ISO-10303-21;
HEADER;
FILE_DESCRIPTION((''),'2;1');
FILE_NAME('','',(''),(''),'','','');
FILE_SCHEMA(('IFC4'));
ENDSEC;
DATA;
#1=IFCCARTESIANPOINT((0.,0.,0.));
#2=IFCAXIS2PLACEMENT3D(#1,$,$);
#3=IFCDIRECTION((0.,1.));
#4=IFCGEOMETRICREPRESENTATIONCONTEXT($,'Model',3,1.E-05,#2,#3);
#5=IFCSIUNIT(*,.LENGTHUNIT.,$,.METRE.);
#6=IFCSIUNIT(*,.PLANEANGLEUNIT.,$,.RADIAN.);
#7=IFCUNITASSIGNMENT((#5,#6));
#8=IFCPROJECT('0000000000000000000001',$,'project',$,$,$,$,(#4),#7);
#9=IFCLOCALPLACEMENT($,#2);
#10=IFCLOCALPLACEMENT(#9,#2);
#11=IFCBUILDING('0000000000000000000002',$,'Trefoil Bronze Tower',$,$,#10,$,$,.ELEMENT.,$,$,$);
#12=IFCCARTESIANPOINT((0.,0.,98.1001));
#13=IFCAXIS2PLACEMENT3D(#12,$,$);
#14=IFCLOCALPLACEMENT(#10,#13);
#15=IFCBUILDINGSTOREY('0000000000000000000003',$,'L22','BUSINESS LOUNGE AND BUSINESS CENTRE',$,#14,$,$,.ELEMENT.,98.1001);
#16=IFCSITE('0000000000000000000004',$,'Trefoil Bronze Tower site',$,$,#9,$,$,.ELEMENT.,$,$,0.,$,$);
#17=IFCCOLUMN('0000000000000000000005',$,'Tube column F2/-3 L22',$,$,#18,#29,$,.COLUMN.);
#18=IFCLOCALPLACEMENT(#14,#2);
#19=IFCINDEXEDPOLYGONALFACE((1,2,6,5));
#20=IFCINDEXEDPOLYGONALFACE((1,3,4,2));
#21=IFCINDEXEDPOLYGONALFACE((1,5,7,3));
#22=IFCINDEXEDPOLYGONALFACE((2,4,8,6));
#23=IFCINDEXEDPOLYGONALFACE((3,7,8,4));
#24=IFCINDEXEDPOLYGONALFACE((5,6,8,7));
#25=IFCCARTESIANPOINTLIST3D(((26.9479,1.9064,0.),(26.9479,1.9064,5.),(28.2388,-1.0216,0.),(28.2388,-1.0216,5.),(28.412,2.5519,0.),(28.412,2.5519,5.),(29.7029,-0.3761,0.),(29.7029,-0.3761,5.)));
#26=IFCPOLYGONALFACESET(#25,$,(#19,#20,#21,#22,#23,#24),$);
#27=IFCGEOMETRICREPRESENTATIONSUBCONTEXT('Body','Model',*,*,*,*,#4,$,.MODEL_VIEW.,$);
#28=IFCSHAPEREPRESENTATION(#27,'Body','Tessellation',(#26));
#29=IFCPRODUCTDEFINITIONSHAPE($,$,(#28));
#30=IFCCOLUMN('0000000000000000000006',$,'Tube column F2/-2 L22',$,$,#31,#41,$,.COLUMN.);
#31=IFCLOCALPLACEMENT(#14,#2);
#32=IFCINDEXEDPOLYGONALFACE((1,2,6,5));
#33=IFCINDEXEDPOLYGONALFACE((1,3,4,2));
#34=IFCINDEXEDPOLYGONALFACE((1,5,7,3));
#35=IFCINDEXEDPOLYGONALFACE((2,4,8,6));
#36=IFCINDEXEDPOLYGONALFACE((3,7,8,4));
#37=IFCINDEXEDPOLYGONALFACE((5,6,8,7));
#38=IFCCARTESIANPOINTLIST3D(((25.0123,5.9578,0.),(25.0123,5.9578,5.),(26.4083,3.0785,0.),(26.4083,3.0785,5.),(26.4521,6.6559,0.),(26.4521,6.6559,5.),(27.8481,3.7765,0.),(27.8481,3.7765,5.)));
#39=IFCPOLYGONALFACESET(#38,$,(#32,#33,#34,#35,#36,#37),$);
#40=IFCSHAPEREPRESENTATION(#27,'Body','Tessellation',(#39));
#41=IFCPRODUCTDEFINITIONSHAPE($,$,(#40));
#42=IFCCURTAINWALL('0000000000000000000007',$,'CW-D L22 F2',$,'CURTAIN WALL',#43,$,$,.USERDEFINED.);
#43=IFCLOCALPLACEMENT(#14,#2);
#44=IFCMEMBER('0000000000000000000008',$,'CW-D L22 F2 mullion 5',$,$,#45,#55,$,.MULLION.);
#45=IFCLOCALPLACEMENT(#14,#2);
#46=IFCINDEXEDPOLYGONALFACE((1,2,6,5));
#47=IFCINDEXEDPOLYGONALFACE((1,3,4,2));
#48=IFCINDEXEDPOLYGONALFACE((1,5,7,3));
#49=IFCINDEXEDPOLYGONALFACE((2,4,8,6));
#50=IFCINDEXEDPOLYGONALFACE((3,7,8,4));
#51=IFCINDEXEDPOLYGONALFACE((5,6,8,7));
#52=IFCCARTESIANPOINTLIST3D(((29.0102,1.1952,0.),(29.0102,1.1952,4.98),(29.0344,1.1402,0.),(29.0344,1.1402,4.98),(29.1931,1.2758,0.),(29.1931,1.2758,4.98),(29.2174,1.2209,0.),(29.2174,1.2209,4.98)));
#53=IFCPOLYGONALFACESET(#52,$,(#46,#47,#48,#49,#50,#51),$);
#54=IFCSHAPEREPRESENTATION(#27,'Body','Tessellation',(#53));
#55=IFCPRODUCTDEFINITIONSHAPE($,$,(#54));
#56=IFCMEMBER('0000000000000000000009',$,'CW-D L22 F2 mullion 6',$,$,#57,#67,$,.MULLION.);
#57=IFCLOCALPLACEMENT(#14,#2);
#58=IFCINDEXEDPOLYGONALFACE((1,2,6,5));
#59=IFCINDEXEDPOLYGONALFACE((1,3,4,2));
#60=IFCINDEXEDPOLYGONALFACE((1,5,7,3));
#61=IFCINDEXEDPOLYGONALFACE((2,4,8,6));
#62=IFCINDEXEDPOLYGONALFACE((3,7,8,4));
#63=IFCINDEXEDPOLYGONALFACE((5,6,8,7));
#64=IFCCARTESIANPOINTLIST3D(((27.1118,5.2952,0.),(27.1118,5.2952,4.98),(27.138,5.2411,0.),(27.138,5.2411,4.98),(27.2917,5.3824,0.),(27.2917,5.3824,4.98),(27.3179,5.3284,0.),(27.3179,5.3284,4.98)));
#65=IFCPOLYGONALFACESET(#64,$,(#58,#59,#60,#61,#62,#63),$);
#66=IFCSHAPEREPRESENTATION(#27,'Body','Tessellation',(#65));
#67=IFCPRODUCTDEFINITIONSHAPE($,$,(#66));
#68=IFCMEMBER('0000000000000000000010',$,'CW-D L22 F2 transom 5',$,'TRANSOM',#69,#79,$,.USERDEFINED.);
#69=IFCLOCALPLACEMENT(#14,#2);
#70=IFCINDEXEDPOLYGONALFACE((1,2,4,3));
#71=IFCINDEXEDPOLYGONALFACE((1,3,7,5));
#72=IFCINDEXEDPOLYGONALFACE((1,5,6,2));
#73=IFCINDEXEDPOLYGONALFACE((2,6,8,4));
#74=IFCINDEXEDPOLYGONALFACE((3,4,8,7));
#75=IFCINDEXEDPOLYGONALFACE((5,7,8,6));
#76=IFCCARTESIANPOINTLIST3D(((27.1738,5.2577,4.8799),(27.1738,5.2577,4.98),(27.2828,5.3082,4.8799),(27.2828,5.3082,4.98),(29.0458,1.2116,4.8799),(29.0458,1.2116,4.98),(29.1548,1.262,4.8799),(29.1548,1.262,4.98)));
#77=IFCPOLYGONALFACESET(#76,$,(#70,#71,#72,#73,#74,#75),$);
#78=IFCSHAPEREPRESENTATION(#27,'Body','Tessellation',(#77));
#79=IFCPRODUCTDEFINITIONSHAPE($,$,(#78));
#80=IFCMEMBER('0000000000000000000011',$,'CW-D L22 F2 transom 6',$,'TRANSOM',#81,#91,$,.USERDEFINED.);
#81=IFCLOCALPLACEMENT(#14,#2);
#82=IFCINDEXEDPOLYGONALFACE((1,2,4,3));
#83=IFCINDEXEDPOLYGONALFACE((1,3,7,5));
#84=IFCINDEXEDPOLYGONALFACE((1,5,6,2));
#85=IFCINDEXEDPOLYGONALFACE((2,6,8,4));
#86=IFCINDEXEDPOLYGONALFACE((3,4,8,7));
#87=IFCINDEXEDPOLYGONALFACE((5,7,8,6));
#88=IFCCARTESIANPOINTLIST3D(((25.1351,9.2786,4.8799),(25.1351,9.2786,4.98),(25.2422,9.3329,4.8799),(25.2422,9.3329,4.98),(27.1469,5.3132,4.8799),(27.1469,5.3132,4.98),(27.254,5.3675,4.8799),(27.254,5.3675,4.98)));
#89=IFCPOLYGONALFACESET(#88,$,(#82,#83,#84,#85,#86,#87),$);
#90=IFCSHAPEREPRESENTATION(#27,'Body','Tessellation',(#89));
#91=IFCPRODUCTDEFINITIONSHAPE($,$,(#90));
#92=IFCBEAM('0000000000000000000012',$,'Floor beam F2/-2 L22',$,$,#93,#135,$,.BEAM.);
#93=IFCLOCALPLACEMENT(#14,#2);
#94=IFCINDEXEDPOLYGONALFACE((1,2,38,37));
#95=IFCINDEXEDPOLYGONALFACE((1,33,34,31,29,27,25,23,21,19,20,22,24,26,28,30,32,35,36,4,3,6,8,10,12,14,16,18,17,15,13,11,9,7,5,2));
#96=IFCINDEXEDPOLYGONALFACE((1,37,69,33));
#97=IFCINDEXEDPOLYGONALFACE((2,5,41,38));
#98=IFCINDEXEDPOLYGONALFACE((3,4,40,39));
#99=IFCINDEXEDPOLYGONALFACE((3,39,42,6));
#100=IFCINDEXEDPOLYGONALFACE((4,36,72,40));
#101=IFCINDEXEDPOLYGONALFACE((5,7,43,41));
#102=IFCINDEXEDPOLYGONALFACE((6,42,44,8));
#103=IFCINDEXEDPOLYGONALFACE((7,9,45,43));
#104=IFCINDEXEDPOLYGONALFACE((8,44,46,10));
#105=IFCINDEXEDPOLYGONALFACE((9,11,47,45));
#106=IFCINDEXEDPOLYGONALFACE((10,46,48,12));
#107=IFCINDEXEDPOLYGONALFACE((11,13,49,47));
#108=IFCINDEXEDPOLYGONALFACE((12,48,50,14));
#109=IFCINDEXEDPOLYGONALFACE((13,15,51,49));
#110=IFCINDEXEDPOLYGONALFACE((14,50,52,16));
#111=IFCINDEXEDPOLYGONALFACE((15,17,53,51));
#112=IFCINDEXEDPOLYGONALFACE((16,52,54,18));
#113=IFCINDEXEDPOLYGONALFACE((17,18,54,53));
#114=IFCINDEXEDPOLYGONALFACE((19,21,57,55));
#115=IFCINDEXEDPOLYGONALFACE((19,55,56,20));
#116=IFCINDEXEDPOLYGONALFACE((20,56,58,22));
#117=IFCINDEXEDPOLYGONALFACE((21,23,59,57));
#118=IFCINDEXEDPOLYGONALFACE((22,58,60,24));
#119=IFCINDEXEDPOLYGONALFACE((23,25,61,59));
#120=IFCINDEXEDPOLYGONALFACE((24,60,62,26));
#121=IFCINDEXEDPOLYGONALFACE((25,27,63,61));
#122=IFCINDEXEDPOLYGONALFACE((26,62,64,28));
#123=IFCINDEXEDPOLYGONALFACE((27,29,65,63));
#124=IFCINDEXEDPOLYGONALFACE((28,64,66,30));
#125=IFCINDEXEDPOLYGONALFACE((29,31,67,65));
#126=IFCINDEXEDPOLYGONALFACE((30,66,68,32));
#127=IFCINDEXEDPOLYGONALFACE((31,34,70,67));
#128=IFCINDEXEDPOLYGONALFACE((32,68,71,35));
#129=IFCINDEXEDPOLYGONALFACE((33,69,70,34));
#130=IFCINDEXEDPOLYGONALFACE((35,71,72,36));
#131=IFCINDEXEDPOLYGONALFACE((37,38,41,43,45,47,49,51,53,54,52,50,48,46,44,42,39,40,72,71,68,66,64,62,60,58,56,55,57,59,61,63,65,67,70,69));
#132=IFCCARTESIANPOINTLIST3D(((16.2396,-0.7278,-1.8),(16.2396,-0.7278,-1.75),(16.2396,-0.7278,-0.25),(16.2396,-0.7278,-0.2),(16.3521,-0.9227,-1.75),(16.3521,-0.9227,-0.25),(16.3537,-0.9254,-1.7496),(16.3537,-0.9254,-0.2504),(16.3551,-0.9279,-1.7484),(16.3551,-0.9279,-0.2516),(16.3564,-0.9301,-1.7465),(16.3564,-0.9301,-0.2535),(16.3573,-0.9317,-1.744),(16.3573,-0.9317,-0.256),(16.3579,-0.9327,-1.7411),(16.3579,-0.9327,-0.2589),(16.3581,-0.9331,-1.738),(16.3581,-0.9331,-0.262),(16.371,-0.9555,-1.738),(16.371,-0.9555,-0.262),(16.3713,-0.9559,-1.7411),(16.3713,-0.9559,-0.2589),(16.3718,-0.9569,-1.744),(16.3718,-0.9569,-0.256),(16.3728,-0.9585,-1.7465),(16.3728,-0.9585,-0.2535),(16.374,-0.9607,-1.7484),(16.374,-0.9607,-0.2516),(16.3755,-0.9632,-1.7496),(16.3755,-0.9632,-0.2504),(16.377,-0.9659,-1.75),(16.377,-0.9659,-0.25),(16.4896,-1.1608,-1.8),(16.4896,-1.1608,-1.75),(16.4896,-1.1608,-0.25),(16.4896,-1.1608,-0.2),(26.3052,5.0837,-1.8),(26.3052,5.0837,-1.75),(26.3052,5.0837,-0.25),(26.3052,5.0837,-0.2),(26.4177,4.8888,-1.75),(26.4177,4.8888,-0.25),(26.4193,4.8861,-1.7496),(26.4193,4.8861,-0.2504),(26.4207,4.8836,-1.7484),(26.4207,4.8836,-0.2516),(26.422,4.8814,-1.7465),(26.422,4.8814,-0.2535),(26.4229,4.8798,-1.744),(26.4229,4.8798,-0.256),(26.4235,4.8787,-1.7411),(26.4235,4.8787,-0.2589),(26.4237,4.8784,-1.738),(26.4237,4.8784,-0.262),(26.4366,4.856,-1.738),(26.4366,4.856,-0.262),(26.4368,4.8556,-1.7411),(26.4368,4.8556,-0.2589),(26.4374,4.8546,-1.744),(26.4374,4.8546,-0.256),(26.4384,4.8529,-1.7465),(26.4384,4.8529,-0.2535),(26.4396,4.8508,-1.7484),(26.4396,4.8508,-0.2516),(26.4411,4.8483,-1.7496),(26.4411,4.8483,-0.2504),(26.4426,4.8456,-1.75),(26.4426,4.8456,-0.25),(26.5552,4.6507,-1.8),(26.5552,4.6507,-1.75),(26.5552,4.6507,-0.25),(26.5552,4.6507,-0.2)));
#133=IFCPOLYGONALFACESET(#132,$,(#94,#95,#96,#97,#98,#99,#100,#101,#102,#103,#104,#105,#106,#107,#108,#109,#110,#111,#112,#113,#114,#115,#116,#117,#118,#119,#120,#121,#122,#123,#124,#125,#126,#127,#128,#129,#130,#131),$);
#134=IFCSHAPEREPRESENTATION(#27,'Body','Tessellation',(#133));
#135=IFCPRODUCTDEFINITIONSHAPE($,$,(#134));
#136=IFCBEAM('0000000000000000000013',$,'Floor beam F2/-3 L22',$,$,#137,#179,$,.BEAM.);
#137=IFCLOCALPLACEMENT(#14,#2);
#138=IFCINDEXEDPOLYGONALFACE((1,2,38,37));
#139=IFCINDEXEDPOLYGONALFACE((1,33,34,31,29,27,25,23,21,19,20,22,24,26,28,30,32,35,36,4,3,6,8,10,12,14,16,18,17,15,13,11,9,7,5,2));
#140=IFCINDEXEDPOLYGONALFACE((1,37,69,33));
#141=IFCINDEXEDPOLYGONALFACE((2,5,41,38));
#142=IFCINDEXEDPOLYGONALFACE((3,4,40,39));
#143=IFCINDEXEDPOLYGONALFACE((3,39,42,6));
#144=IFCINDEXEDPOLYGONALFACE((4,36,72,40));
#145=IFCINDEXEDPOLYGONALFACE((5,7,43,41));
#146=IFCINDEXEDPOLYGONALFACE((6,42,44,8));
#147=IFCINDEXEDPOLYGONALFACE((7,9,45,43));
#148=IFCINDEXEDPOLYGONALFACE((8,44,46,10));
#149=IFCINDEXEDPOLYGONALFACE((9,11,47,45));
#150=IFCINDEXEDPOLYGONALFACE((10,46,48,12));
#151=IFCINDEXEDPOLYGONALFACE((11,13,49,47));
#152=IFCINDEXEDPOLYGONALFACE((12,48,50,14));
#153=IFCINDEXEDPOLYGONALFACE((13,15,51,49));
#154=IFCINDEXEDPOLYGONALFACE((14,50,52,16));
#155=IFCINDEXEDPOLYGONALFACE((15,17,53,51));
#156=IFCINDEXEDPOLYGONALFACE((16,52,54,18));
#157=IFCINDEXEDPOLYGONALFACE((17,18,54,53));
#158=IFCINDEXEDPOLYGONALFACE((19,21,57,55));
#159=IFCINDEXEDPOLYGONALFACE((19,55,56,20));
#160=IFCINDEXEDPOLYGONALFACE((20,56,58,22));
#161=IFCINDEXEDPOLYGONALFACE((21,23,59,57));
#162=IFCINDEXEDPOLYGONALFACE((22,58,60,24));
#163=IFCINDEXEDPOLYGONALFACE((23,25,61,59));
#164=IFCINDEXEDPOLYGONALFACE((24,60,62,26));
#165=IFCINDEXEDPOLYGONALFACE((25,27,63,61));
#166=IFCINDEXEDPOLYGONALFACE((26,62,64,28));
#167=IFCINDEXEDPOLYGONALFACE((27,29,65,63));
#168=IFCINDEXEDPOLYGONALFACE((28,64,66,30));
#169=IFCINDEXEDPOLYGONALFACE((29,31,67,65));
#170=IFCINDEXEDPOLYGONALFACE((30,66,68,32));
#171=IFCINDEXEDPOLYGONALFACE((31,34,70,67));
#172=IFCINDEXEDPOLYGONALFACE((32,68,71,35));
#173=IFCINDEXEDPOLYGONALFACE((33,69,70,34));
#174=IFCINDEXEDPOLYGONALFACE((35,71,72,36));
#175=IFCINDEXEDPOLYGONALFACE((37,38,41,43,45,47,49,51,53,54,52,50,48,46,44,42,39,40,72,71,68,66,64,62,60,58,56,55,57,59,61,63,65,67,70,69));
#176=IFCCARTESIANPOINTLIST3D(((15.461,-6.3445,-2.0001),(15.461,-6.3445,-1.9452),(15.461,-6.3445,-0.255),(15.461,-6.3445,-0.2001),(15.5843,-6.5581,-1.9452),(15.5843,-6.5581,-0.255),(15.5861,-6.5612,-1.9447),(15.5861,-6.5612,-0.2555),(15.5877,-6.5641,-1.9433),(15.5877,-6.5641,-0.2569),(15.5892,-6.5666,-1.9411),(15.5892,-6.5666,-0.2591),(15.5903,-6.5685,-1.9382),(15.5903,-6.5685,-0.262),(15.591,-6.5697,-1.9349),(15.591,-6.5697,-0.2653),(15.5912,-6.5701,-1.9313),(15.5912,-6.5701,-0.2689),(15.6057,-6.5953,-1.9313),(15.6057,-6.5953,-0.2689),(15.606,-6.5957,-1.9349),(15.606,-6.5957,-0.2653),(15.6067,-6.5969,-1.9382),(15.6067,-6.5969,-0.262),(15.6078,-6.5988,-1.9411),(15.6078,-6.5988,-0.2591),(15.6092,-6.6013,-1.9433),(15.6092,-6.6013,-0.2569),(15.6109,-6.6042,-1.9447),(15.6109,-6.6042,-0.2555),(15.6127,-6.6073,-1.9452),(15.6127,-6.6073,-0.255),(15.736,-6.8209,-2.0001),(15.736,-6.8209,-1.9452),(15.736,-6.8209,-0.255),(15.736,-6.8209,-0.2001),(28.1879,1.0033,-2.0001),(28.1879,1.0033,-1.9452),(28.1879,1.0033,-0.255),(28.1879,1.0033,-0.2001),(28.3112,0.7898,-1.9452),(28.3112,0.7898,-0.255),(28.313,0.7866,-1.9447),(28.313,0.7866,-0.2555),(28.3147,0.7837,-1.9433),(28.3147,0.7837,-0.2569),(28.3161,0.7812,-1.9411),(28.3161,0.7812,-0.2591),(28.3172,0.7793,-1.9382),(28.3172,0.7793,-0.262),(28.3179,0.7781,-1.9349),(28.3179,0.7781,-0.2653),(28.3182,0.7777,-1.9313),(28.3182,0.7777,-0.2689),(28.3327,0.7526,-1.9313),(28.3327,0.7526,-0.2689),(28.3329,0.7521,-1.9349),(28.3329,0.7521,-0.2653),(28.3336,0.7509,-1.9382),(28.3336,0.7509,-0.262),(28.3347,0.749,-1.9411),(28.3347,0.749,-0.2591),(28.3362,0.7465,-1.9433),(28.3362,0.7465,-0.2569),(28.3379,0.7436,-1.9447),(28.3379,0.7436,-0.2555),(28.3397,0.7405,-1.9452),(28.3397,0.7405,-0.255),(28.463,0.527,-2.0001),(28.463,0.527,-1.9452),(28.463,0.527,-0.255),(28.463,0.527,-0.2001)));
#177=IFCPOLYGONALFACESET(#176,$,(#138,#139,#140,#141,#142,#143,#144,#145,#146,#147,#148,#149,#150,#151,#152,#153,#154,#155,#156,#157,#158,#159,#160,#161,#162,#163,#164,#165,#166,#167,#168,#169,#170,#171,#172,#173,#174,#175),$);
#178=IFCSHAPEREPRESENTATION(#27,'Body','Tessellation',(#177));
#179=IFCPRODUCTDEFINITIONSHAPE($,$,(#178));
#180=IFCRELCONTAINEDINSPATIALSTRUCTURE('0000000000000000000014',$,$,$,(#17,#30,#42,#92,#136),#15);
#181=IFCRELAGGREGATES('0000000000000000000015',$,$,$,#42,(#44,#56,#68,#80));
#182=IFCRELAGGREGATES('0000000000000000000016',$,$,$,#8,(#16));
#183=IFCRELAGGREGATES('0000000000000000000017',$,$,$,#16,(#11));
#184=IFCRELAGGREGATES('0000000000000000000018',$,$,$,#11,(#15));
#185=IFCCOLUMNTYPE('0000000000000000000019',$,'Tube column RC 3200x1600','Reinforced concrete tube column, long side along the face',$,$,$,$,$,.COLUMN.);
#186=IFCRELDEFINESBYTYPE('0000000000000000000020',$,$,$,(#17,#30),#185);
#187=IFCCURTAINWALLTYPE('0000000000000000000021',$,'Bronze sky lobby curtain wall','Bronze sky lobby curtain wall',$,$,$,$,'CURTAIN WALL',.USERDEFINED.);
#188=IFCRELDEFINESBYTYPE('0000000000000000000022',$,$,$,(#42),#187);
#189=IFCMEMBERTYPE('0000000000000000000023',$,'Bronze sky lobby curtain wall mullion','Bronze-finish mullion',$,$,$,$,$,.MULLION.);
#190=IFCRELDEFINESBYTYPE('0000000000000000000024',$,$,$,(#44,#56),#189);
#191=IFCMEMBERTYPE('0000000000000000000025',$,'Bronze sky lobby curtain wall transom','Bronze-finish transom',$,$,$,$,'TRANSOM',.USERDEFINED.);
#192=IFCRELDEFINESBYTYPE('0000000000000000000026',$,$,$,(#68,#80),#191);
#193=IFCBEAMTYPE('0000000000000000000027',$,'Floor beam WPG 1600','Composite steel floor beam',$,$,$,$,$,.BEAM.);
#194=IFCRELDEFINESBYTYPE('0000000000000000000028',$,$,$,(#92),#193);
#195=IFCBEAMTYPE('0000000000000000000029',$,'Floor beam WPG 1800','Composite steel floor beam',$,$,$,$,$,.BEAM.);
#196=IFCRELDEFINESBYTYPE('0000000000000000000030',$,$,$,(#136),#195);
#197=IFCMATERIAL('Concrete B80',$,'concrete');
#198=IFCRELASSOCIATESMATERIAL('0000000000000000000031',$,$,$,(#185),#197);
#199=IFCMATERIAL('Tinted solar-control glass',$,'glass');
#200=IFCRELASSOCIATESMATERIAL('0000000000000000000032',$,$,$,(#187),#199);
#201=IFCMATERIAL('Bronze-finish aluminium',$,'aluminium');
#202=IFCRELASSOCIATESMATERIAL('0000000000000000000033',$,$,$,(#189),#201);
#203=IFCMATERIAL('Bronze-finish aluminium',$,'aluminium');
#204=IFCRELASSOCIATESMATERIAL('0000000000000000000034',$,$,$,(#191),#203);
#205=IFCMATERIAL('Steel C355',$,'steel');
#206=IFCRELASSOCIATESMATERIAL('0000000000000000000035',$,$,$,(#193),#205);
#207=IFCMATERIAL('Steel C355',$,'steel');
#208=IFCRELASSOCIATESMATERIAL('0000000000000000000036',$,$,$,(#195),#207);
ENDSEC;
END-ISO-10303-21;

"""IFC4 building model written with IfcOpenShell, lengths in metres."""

from ifc_helpers import new_model, si_unit, direction, frame, origin, origin_2d, place, context, subcontext, project, spatial, rectangle, i_section, extrude, material, material_profile, profile_set, type_object, element, aggregate, save


model = new_model("IFC4")

# Units and contexts
model_context = context("Model", 3, precision=1e-05, world=origin(), true_north=direction((0.0, 1.0)))
body_context = subcontext(model_context, "Body", "Model", "MODEL_VIEW")
ifc_project = project(units=[si_unit("LENGTHUNIT", "METRE"), si_unit("PLANEANGLEUNIT", "RADIAN")], contexts=[model_context])

# Site, building, storey
site_placement = place(None, origin())
site = spatial("IfcSite", under=ifc_project, at=site_placement, Name="Trefoil Bronze Tower site", CompositionType="ELEMENT", RefElevation=0.0)
building_placement = place(site_placement, origin())
building = spatial("IfcBuilding", under=site, at=building_placement, Name="Trefoil Bronze Tower", CompositionType="ELEMENT")
storey_placement = place(building_placement, frame((0.0, 0.0, 98.1001)))
storey = spatial("IfcBuildingStorey", under=building, at=storey_placement, Name="L22", Description="BUSINESS LOUNGE AND BUSINESS CENTRE", CompositionType="ELEMENT", Elevation=98.1001)

# Columns
ifc_material_1 = material(Name="Concrete B80", Category="concrete")
ifc_material_profile_1 = material_profile(ifc_material_1, rectangle(XDim=3.2, YDim=1.6001, at=origin_2d()), Name="RC 3200x1600")
ifc_profile_set_1 = profile_set([ifc_material_profile_1], Name="Concrete B80")
column_type = type_object("IfcColumnType", Name="Tube column RC 3200x1600", Description="Reinforced concrete tube column, long side along the face", PredefinedType="COLUMN", material=ifc_profile_set_1)
for number, where, z_axis, x_axis, name in (
    (1, (28.3254, 0.7651, 0.0), (0.0, 0.0, 1.0), (-0.403412, 0.915018, 0.0), "Tube column F2/-3 L22"),
    (2, (26.4302, 4.8672, 0.0), (0.0, 0.0, 1.0), (-0.436262, 0.89982, 0.0), "Tube column F2/-2 L22"),
):
    element("IfcColumn", number, at=place(storey_placement, frame(where, z_axis=z_axis, x_axis=x_axis)), inside=storey, type_object=column_type, Name=name, PredefinedType="COLUMN", context=body_context, shape_type="SweptSolid", body=[
        extrude(rectangle(XDim=3.2, YDim=1.6001, at=origin_2d()), origin(), (0.0, 0.0, 1.0), 5.0),
    ])

# Curtain wall, members
ifc_material_2 = material(Name="Tinted solar-control glass", Category="glass")
curtain_wall_type = type_object("IfcCurtainWallType", Name="Bronze sky lobby curtain wall", Description="Bronze sky lobby curtain wall", ElementType="CURTAIN WALL", PredefinedType="USERDEFINED", material=ifc_material_2)
curtain_wall_placement = place(storey_placement, origin())
curtain_wall = element("IfcCurtainWall", 3, at=curtain_wall_placement, inside=storey, type_object=curtain_wall_type, Name="CW-D L22 F2", ObjectType="CURTAIN WALL", PredefinedType="USERDEFINED")
ifc_material_3 = material(Name="Bronze-finish aluminium", Category="aluminium")
ifc_material_profile_2 = material_profile(ifc_material_3, rectangle(XDim=0.2, YDim=0.0601, at=origin_2d()), Name="CW-D mullion")
ifc_profile_set_2 = profile_set([ifc_material_profile_2], Name="Bronze-finish aluminium")
member_type_1 = type_object("IfcMemberType", Name="Bronze sky lobby curtain wall mullion", Description="Bronze-finish mullion", PredefinedType="MULLION", material=ifc_profile_set_2)
member_1_placement = place(storey_placement, frame((29.1138, 1.208, 0.0), z_axis=(0.0, 0.0, 1.0), x_axis=(-0.915018, -0.403412, 0.0)))
member_1 = element("IfcMember", 4, at=member_1_placement, type_object=member_type_1, Name="CW-D L22 F2 mullion 5", PredefinedType="MULLION", context=body_context, shape_type="SweptSolid", body=[
    extrude(rectangle(XDim=0.2, YDim=0.0601, at=origin_2d()), origin(), (0.0, 0.0, 1.0), 4.98),
])
member_2_placement = place(storey_placement, frame((27.2148, 5.3118, 0.0), z_axis=(0.0, 0.0, 1.0), x_axis=(-0.89982, -0.436262, 0.0)))
member_2 = element("IfcMember", 5, at=member_2_placement, type_object=member_type_1, Name="CW-D L22 F2 mullion 6", PredefinedType="MULLION", context=body_context, shape_type="SweptSolid", body=[
    extrude(rectangle(XDim=0.2, YDim=0.0601, at=origin_2d()), origin(), (0.0, 0.0, 1.0), 4.98),
])
ifc_material_4 = material(Name="Bronze-finish aluminium", Category="aluminium")
ifc_material_profile_3 = material_profile(ifc_material_4, rectangle(XDim=0.1201, YDim=0.1001, at=origin_2d()), Name="CW-D transom")
ifc_profile_set_3 = profile_set([ifc_material_profile_3], Name="Bronze-finish aluminium")
member_type_2 = type_object("IfcMemberType", Name="Bronze sky lobby curtain wall transom", Description="Bronze-finish transom", ElementType="TRANSOM", PredefinedType="USERDEFINED", material=ifc_profile_set_3)
member_3_placement = place(storey_placement, frame((29.1003, 1.2368, 4.9299), z_axis=(-0.419912, 0.907565, 0.0), x_axis=(-0.907565, -0.419912, 0.0)))
member_3 = element("IfcMember", 6, at=member_3_placement, type_object=member_type_2, Name="CW-D L22 F2 transom 5", ObjectType="TRANSOM", PredefinedType="USERDEFINED", context=body_context, shape_type="SweptSolid", body=[
    extrude(rectangle(XDim=0.1201, YDim=0.1001, at=origin_2d()), origin(), (0.0, 0.0, 1.0), 4.4583),
])
member_4_placement = place(storey_placement, frame((27.2004, 5.3403, 4.9299), z_axis=(-0.452433, 0.891798, 0.0), x_axis=(-0.891798, -0.452433, 0.0)))
member_4 = element("IfcMember", 7, at=member_4_placement, type_object=member_type_2, Name="CW-D L22 F2 transom 6", ObjectType="TRANSOM", PredefinedType="USERDEFINED", context=body_context, shape_type="SweptSolid", body=[
    extrude(rectangle(XDim=0.1201, YDim=0.1001, at=origin_2d()), origin(), (0.0, 0.0, 1.0), 4.4465),
])

# Beams
ifc_material_5 = material(Name="Steel C355", Category="steel")
ifc_material_profile_4 = material_profile(ifc_material_5, i_section(OverallWidth=0.5, OverallDepth=1.6001, WebThickness=0.0259, FlangeThickness=0.05, FilletRadius=0.012, at=origin_2d()), Name="WPG 1600")
ifc_profile_set_4 = profile_set([ifc_material_profile_4], Name="Steel C355")
beam_type_1 = type_object("IfcBeamType", Name="Floor beam WPG 1600", Description="Composite steel floor beam", PredefinedType="BEAM", material=ifc_profile_set_4)
beam_1_placement = place(storey_placement, frame((26.4302, 4.8672, -1.0), z_axis=(-0.866022, -0.500007, 0.0), x_axis=(0.500007, -0.866022, 0.0)))
element("IfcBeam", 8, at=beam_1_placement, inside=storey, type_object=beam_type_1, Name="Floor beam F2/-2 L22", PredefinedType="BEAM", context=body_context, shape_type="SweptSolid", body=[
    extrude(i_section(OverallWidth=0.5, OverallDepth=1.6001, WebThickness=0.0259, FlangeThickness=0.05, FilletRadius=0.012, at=origin_2d()), origin(), (0.0, 0.0, 1.0), 11.6228),
])
ifc_material_6 = material(Name="Steel C355", Category="steel")
ifc_material_profile_5 = material_profile(ifc_material_6, i_section(OverallWidth=0.55, OverallDepth=1.8, WebThickness=0.0291, FlangeThickness=0.0549, FilletRadius=0.0139, at=origin_2d()), Name="WPG 1800")
ifc_profile_set_5 = profile_set([ifc_material_profile_5], Name="Steel C355")
beam_type_2 = type_object("IfcBeamType", Name="Floor beam WPG 1800", Description="Composite steel floor beam", PredefinedType="BEAM", material=ifc_profile_set_5)
beam_2_placement = place(storey_placement, frame((28.3254, 0.7651, -1.1001), z_axis=(-0.866027, -0.499997, 0.0), x_axis=(0.499997, -0.866027, 0.0)))
element("IfcBeam", 9, at=beam_2_placement, inside=storey, type_object=beam_type_2, Name="Floor beam F2/-3 L22", PredefinedType="BEAM", context=body_context, shape_type="SweptSolid", body=[
    extrude(i_section(OverallWidth=0.55, OverallDepth=1.8, WebThickness=0.0291, FlangeThickness=0.0549, FilletRadius=0.0139, at=origin_2d()), origin(), (0.0, 0.0, 1.0), 14.6958),
])

aggregate(curtain_wall, [member_1, member_2, member_3, member_4])

save(model, "model.ifc")
